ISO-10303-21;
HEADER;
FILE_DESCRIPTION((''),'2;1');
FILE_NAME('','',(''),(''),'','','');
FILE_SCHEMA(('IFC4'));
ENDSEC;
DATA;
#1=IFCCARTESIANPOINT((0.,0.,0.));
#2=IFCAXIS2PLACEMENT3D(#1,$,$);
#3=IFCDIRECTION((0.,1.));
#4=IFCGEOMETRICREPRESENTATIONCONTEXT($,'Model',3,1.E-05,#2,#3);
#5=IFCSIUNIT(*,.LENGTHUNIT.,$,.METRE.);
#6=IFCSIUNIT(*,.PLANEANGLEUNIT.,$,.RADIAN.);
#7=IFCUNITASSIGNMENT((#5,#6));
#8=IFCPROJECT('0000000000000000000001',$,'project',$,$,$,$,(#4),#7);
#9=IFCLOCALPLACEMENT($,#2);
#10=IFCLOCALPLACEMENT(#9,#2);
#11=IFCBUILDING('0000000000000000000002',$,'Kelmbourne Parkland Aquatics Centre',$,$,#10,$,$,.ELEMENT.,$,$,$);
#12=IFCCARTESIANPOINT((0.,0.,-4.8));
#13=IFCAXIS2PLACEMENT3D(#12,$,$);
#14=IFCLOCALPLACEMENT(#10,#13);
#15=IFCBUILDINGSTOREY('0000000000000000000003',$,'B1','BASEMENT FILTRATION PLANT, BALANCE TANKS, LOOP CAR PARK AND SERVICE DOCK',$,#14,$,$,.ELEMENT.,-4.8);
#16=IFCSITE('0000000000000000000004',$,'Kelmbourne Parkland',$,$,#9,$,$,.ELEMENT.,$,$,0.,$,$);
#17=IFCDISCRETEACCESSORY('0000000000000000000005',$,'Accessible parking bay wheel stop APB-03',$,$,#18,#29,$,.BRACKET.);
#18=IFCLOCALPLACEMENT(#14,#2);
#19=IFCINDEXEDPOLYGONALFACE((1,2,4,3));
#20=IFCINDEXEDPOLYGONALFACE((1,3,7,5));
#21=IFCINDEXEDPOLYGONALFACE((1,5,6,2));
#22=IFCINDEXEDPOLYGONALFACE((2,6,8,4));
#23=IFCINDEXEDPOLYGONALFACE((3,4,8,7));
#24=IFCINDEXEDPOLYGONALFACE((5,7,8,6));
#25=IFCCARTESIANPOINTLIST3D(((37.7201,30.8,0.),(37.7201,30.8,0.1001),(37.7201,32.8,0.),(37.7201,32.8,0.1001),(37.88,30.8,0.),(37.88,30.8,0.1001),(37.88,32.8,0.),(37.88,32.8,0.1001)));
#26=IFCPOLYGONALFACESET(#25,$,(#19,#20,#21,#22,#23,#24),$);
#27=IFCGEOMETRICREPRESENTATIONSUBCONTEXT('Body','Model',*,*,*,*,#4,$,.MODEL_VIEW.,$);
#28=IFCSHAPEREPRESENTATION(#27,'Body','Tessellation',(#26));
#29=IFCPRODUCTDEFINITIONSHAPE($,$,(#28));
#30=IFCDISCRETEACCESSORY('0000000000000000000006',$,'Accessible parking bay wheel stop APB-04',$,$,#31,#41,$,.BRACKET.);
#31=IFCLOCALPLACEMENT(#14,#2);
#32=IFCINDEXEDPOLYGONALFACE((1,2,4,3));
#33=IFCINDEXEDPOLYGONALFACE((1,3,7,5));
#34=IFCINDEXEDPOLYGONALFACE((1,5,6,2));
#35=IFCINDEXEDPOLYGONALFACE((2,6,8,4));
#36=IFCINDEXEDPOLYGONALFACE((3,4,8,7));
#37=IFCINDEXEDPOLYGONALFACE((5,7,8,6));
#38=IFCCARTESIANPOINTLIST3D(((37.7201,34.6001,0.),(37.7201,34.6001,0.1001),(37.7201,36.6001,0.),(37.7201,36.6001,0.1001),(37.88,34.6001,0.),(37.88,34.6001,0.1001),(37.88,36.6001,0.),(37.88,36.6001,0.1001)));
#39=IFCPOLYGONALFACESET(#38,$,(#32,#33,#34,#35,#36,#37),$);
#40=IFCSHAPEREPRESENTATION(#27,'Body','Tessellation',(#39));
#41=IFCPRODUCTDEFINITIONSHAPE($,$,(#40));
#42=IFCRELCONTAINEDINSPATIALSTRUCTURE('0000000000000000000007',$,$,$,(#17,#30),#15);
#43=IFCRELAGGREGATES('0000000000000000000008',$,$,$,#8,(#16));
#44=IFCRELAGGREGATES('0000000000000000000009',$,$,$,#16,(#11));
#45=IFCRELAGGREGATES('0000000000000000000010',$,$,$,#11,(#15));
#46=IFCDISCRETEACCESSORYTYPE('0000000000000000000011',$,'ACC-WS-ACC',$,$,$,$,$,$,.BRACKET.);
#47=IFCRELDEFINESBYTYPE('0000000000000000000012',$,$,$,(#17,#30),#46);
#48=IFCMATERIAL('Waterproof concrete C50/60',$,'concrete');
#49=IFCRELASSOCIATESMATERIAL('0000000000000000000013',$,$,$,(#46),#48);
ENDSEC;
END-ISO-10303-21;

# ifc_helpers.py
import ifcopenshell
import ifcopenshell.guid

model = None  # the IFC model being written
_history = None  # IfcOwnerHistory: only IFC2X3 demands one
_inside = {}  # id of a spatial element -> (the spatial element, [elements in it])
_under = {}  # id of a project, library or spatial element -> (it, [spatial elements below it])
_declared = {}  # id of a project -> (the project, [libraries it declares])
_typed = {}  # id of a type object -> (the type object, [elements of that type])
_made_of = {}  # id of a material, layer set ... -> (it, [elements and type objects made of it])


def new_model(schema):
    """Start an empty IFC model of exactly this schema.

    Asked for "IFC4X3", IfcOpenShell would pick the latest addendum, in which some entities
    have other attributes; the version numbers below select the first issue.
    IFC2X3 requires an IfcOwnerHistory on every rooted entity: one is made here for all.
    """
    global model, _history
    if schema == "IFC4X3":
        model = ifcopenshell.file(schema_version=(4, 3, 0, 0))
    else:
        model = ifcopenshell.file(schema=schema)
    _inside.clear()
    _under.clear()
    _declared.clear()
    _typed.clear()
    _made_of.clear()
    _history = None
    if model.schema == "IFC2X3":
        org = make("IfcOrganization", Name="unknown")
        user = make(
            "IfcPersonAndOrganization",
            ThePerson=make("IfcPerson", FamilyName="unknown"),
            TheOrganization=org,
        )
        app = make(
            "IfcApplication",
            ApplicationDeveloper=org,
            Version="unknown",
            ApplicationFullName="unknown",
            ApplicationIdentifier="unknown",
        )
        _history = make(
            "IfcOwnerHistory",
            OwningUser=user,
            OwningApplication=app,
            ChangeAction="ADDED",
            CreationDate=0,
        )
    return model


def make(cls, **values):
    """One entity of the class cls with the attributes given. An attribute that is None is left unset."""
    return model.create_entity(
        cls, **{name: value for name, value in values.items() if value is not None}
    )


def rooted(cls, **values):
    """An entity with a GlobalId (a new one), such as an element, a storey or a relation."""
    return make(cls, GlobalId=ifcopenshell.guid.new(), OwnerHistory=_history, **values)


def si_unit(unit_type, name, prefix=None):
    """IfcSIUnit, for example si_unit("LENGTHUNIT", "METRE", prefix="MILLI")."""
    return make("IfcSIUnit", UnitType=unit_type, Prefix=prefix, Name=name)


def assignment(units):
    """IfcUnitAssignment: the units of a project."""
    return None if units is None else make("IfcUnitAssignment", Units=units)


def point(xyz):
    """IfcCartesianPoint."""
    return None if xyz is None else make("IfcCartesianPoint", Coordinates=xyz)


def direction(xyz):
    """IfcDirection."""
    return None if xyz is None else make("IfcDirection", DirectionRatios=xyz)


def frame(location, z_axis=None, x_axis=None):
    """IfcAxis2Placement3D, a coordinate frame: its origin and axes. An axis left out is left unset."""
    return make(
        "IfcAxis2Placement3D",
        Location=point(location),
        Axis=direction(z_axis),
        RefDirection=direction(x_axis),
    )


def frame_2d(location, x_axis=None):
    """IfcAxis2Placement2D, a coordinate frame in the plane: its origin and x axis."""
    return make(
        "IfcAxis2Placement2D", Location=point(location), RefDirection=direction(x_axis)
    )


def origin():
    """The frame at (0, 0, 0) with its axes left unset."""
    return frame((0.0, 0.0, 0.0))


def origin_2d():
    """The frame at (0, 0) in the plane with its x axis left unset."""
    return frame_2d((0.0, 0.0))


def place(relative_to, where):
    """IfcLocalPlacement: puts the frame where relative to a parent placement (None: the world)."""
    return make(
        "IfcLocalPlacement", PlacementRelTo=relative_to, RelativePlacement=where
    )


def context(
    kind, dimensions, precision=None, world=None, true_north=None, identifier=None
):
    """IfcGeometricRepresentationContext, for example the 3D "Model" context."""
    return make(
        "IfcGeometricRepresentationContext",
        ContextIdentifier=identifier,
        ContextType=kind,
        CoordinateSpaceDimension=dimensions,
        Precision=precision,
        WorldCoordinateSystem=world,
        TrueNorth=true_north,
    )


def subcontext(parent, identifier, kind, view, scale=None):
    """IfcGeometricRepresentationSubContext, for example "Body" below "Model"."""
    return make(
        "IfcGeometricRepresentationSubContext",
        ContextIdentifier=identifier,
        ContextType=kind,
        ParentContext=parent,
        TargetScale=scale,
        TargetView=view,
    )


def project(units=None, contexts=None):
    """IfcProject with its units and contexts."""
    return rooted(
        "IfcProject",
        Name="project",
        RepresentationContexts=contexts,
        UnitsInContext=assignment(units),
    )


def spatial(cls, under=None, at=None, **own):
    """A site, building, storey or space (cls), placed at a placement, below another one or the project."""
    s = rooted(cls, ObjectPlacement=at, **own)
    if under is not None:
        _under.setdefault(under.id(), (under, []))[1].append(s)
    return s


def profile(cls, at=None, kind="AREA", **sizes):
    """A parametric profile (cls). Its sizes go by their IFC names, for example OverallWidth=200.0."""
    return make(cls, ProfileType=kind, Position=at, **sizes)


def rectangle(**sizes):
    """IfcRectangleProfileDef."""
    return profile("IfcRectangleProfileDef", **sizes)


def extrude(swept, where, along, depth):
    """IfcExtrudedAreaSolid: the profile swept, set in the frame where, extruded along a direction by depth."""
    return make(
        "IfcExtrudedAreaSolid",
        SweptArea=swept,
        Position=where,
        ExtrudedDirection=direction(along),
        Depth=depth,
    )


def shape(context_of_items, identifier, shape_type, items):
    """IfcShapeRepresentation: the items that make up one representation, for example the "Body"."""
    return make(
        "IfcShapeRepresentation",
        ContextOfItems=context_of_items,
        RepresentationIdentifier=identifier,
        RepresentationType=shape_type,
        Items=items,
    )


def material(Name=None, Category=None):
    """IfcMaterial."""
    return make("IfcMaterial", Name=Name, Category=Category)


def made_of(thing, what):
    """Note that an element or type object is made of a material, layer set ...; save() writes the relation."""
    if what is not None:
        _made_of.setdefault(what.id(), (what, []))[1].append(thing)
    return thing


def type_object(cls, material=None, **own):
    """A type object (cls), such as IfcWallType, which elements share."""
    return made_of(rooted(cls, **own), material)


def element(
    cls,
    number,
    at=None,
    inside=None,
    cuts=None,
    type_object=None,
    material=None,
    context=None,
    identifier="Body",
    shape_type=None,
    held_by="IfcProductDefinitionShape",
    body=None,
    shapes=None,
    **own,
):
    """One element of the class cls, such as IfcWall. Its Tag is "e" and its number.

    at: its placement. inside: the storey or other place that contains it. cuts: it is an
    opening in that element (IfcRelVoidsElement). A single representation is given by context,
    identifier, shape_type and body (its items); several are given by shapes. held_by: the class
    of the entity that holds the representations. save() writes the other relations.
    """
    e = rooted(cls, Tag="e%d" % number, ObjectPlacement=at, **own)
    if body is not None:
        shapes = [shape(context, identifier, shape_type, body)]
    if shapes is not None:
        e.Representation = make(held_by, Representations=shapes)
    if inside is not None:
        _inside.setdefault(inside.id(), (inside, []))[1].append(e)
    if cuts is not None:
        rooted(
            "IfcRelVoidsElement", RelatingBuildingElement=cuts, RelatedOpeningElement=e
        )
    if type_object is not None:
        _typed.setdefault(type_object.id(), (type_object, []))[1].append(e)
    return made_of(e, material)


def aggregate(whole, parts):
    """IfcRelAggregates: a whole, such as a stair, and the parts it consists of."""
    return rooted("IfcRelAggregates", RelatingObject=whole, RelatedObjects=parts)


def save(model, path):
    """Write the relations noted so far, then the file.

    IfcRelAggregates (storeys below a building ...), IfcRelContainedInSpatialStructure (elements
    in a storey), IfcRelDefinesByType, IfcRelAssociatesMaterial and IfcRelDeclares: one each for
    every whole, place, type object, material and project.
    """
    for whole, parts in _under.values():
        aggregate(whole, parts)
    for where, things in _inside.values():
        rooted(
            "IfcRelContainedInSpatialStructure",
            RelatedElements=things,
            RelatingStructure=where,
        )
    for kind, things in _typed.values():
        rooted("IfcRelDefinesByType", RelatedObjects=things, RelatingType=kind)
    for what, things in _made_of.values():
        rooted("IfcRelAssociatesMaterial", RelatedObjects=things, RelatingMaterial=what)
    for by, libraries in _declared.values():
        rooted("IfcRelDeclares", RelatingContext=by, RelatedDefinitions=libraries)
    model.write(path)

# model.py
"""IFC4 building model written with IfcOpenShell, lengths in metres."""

from ifc_helpers import new_model, si_unit, direction, frame, origin, origin_2d, place, context, subcontext, project, spatial, rectangle, extrude, material, type_object, element, save


model = new_model("IFC4")

# Units and contexts
model_context = context("Model", 3, precision=1e-05, world=origin(), true_north=direction((0.0, 1.0)))
body_context = subcontext(model_context, "Body", "Model", "MODEL_VIEW")
ifc_project = project(units=[si_unit("LENGTHUNIT", "METRE"), si_unit("PLANEANGLEUNIT", "RADIAN")], contexts=[model_context])

# Site, building, storey
site_placement = place(None, origin())
site = spatial("IfcSite", under=ifc_project, at=site_placement, Name="Kelmbourne Parkland", CompositionType="ELEMENT", RefElevation=0.0)
building_placement = place(site_placement, origin())
building = spatial("IfcBuilding", under=site, at=building_placement, Name="Kelmbourne Parkland Aquatics Centre", CompositionType="ELEMENT")
storey_placement = place(building_placement, frame((0.0, 0.0, -4.8)))
storey = spatial("IfcBuildingStorey", under=building, at=storey_placement, Name="B1", Description="BASEMENT FILTRATION PLANT, BALANCE TANKS, LOOP CAR PARK AND SERVICE DOCK", CompositionType="ELEMENT", Elevation=-4.8)

# Shared definitions
ifc_material_1 = material(Name="Waterproof concrete C50/60", Category="concrete")

# Discrete accessories
discrete_accessory_type = type_object("IfcDiscreteAccessoryType", Name="ACC-WS-ACC", PredefinedType="BRACKET", material=ifc_material_1)
for number, where, z_axis, x_axis, name in (
    (1, (37.8, 31.8, 0.0), (0.0, 0.0, 1.0), (1.0, 0.0, 0.0), "Accessible parking bay wheel stop APB-03"),
    (2, (37.8, 35.6001, 0.0), (0.0, 0.0, 1.0), (1.0, 0.0, 0.0), "Accessible parking bay wheel stop APB-04"),
):
    element("IfcDiscreteAccessory", number, at=place(storey_placement, frame(where, z_axis=z_axis, x_axis=x_axis)), inside=storey, type_object=discrete_accessory_type, Name=name, PredefinedType="BRACKET", context=body_context, shape_type="SweptSolid", body=[
        extrude(rectangle(XDim=0.1599, YDim=2.0, at=origin_2d()), origin(), (0.0, 0.0, 1.0), 0.1001),
    ])

save(model, "model.ifc")
